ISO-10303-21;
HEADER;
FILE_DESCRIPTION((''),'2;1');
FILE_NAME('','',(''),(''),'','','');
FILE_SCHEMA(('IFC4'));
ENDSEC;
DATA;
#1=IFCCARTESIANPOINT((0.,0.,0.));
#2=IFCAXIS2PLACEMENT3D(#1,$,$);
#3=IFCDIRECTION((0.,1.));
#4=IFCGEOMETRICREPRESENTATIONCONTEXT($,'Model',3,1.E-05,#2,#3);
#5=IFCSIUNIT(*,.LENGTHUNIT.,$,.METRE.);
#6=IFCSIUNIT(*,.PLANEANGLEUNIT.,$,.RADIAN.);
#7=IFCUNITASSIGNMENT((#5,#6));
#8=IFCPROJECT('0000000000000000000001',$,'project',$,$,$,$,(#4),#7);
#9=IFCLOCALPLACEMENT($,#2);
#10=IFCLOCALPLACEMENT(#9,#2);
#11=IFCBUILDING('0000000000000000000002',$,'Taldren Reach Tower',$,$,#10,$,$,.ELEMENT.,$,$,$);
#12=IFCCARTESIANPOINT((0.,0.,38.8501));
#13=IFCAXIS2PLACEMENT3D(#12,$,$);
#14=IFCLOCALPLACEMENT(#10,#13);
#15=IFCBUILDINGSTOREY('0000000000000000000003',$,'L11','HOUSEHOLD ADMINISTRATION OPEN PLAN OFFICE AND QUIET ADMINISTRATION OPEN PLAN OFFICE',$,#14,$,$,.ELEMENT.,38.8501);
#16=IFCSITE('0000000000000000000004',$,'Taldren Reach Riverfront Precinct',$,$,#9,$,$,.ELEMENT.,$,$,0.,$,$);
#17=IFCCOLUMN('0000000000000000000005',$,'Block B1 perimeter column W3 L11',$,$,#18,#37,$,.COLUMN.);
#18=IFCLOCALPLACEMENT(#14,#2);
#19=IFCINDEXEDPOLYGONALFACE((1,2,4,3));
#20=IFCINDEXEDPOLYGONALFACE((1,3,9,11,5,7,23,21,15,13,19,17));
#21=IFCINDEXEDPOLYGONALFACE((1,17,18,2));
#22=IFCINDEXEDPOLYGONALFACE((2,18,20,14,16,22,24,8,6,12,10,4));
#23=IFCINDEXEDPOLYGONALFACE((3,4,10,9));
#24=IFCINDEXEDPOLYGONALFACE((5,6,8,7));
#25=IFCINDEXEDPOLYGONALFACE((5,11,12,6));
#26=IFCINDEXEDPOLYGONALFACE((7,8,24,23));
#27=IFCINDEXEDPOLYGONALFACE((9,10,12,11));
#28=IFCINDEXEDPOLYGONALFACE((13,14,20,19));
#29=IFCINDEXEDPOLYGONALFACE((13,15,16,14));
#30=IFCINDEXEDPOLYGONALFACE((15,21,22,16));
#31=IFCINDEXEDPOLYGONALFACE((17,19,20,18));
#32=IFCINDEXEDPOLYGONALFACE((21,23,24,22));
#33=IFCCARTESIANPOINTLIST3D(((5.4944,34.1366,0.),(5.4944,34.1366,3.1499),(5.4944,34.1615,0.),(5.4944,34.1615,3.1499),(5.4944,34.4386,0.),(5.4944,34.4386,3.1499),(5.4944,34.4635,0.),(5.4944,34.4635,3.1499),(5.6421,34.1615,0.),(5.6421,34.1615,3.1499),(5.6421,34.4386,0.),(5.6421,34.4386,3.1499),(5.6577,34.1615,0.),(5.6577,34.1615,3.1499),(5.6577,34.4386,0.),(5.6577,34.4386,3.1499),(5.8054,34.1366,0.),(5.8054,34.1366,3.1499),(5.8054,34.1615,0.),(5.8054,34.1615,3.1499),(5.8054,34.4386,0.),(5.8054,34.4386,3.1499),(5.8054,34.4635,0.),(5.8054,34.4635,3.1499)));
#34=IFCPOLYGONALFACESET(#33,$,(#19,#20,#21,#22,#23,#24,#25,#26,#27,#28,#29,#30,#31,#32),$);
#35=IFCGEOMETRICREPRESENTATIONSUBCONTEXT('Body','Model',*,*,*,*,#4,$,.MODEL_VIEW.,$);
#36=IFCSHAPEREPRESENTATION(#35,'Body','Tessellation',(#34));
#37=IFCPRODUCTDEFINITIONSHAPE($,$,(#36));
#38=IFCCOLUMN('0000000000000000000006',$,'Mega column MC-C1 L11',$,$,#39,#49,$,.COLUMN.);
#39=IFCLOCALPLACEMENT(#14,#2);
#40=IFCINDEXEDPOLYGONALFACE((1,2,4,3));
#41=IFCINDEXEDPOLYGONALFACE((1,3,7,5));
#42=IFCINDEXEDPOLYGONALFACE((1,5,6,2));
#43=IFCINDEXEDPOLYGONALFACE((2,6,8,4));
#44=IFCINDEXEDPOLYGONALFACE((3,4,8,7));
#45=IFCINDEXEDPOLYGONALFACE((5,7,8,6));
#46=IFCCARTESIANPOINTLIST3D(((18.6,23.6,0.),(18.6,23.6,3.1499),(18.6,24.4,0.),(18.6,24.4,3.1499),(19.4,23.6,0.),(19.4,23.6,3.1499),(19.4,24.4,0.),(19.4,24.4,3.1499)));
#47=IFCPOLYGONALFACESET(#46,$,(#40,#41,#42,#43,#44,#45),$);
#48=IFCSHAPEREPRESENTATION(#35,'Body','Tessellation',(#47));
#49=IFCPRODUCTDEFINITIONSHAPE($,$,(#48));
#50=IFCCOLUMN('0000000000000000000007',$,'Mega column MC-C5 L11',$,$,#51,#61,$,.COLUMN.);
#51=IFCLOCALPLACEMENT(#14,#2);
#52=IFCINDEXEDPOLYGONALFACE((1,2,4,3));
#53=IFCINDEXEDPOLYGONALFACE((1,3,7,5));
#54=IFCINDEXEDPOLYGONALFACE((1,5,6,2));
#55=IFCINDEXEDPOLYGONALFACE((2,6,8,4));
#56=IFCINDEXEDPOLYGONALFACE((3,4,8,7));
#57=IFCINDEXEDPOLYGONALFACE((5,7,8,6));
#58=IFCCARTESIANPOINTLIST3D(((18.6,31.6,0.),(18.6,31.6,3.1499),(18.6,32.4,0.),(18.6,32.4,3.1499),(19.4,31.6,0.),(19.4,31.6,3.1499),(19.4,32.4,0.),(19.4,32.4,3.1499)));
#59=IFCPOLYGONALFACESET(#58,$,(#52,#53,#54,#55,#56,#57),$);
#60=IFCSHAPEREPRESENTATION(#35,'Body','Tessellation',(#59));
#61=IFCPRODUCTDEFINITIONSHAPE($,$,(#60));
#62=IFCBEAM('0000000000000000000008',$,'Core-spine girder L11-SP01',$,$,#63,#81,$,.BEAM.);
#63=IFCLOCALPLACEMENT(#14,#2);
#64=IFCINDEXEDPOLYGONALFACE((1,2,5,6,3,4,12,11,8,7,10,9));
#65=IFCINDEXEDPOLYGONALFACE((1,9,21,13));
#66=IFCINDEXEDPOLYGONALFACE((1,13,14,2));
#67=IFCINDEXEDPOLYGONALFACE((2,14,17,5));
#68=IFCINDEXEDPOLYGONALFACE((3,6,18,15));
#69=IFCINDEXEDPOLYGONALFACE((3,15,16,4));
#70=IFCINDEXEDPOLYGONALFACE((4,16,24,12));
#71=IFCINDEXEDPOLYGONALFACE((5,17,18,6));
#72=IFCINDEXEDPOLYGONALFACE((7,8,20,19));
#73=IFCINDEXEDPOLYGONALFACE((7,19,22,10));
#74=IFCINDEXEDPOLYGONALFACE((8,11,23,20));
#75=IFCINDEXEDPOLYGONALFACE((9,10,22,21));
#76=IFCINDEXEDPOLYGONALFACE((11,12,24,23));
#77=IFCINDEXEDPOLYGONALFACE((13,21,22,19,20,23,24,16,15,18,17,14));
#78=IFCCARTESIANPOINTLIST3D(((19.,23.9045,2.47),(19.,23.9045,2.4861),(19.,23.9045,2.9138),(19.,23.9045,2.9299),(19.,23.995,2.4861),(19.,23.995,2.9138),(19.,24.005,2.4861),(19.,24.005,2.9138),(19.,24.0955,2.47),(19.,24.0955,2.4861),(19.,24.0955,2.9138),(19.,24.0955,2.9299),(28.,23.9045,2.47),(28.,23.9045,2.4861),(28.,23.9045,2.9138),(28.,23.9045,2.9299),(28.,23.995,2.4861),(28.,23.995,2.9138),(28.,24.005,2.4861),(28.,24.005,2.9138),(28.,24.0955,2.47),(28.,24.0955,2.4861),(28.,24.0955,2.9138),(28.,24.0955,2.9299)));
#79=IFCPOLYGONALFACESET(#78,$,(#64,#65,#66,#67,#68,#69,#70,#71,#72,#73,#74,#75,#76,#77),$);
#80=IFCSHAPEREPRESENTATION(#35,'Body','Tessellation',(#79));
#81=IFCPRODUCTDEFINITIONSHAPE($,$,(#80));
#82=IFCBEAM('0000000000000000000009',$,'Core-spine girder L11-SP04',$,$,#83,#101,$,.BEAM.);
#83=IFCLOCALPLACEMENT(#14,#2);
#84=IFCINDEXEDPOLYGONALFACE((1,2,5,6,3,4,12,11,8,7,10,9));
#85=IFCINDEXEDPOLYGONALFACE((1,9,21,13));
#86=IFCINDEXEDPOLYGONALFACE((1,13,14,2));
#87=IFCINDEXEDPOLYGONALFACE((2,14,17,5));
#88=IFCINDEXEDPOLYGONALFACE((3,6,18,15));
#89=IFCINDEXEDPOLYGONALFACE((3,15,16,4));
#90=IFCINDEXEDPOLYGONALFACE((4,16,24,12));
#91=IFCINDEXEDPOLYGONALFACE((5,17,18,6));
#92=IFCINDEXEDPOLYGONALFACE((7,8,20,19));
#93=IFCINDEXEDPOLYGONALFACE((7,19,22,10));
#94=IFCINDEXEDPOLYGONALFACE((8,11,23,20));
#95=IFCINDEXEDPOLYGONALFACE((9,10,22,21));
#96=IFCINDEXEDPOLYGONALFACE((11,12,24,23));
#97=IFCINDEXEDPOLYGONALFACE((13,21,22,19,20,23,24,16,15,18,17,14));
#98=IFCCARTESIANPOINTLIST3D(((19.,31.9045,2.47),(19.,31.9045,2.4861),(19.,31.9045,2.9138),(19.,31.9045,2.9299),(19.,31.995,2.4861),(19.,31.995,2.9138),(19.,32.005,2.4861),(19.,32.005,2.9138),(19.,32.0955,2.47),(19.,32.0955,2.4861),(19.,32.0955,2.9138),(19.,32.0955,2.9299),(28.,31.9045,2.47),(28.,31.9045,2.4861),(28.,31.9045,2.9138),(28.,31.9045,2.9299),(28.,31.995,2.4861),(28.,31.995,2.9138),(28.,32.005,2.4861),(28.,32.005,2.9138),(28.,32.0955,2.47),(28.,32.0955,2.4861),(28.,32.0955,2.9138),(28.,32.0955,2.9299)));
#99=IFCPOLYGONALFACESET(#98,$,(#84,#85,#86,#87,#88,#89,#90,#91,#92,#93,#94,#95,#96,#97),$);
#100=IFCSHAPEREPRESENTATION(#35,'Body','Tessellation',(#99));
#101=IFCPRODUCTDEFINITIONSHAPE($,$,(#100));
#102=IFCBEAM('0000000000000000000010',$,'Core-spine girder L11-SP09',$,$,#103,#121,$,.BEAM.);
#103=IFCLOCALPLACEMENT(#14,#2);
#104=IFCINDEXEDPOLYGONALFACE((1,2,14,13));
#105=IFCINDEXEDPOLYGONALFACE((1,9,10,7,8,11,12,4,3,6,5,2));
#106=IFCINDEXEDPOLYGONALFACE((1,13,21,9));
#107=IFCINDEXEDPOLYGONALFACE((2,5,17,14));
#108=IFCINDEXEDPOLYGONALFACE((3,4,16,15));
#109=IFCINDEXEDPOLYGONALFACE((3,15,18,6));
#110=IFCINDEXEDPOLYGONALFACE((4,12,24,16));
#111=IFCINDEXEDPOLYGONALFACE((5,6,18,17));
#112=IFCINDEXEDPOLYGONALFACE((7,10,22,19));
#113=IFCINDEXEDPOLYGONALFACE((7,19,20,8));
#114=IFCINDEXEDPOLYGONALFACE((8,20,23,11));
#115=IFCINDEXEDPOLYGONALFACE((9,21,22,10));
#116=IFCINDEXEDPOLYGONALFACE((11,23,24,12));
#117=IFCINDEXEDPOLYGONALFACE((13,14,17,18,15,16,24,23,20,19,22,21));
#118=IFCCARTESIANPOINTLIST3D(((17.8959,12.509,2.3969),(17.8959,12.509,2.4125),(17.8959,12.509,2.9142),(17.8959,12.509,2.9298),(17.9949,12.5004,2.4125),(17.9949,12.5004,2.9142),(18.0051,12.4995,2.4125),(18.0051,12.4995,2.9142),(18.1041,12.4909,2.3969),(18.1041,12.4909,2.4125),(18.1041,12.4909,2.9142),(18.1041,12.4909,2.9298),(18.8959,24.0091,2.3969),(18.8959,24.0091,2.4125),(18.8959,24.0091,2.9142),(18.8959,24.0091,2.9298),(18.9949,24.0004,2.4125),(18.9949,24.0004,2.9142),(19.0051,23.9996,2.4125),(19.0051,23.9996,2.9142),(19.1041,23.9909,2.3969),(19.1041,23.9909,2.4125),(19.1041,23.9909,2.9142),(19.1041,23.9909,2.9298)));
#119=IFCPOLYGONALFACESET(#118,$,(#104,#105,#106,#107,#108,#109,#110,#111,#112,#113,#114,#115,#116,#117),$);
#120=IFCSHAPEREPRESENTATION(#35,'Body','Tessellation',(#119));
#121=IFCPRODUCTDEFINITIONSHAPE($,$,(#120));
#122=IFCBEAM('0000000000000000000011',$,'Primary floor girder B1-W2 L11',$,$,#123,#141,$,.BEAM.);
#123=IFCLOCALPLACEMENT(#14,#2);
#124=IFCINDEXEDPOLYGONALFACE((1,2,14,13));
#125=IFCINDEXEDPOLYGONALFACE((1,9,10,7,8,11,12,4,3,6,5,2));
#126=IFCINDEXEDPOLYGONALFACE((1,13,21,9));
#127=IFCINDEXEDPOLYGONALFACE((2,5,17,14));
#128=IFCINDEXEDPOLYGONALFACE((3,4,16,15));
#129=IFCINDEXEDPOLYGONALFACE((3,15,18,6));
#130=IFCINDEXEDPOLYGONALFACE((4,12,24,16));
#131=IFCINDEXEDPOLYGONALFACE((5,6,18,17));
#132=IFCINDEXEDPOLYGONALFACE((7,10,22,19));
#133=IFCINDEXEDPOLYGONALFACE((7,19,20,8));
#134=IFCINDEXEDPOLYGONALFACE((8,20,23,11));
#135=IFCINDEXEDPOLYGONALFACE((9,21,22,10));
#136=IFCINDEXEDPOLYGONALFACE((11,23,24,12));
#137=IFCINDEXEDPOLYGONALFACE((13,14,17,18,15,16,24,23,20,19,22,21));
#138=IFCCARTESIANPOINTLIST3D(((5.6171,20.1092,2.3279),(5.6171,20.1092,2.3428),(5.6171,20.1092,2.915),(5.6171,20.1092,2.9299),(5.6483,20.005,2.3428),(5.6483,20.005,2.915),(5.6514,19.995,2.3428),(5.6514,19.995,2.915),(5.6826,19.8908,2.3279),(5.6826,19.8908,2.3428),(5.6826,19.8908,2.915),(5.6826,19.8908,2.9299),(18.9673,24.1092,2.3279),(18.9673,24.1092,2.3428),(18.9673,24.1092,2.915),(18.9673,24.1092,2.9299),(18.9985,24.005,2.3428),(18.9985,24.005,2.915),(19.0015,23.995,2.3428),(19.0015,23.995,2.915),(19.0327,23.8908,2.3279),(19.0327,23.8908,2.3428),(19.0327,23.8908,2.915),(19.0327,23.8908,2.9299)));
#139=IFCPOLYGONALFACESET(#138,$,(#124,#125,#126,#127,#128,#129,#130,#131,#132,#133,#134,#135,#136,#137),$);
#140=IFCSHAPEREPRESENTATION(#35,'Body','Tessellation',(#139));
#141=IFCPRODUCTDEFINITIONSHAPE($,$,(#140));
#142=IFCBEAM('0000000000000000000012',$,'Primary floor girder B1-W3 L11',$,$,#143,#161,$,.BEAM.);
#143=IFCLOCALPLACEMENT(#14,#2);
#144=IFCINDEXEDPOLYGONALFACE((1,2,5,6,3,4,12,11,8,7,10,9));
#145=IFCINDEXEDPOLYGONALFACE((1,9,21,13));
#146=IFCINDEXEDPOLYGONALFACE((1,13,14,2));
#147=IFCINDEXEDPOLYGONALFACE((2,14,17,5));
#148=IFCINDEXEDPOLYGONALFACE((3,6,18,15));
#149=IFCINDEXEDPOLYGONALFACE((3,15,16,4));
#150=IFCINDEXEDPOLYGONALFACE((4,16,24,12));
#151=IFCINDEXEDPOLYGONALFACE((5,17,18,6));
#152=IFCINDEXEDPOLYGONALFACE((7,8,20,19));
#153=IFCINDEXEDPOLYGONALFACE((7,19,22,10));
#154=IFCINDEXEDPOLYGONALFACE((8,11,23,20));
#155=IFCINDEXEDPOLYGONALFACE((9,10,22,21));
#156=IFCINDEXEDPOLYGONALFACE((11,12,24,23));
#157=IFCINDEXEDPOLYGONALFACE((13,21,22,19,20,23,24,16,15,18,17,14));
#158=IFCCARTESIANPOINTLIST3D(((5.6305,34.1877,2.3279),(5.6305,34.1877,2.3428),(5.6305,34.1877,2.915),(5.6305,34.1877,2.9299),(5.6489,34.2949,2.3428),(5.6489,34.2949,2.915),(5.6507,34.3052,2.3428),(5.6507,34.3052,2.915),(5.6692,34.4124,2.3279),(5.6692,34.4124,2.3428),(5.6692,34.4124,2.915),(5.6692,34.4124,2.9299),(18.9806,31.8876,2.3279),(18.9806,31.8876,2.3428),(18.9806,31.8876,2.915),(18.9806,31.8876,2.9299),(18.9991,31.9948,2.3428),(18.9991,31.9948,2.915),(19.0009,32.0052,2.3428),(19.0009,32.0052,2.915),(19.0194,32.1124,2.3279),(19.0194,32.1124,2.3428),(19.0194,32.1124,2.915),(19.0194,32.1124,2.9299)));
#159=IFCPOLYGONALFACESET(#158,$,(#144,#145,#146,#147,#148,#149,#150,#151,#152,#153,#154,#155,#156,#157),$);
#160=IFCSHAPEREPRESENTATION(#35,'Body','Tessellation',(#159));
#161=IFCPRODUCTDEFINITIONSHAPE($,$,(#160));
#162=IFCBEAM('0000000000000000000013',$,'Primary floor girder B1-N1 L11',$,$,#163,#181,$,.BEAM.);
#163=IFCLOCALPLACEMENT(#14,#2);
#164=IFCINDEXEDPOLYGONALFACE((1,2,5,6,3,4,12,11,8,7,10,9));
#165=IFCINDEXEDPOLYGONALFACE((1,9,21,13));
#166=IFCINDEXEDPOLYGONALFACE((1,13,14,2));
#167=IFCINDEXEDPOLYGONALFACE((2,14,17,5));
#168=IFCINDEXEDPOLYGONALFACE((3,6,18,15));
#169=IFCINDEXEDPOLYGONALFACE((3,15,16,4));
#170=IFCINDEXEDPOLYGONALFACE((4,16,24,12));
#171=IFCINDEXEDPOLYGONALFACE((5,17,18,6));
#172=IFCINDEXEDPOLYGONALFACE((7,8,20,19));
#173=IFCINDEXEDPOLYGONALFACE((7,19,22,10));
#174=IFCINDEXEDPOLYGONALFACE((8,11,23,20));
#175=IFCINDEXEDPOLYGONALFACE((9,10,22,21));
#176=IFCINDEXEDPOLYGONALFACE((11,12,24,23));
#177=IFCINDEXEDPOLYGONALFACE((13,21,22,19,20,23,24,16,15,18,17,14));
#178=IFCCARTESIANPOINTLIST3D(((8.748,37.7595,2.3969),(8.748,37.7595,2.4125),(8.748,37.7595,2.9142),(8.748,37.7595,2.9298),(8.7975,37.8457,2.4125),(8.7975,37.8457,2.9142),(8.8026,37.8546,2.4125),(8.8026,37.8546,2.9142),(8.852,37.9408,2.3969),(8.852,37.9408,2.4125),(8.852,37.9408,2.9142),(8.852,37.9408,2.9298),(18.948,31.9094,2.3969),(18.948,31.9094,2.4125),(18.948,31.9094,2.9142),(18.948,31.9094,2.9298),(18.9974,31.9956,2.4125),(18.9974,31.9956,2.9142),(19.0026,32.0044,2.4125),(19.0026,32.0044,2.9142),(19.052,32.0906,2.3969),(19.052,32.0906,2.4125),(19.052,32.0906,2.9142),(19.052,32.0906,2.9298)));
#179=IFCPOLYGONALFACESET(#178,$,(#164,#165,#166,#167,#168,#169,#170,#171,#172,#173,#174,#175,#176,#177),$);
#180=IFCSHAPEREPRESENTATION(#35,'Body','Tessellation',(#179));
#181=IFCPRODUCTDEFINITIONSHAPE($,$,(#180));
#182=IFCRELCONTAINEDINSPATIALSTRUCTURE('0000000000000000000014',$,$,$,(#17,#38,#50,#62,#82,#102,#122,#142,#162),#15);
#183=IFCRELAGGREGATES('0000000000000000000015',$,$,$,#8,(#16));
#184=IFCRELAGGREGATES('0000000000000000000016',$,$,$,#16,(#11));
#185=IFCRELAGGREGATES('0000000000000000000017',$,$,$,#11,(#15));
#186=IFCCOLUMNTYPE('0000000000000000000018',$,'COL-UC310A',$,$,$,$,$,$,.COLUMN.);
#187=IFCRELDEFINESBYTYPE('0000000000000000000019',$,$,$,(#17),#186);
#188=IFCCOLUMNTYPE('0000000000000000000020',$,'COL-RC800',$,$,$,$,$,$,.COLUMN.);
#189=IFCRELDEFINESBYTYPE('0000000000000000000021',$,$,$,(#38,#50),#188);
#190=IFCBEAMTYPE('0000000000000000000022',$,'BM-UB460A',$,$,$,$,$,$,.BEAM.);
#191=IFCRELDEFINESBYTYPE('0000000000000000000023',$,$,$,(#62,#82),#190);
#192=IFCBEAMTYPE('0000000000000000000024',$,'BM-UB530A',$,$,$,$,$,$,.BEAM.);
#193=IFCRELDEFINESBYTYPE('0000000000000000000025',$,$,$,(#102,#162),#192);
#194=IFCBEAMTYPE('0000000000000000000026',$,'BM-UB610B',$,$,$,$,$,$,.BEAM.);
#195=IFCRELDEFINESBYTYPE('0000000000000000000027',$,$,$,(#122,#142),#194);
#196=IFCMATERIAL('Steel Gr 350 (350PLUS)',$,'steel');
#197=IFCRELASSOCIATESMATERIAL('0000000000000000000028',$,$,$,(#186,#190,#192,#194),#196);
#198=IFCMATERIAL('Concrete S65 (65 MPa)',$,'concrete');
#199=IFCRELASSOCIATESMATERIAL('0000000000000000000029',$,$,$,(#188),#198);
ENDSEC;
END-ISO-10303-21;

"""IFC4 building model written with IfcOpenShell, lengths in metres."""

from ifc_helpers import new_model, si_unit, direction, frame, origin, origin_2d, place, context, subcontext, project, spatial, rectangle, i_section, extrude, source, transform, mapped, material, material_profile, profile_set, type_object, element, save


model = new_model("IFC4")

# Units and contexts
model_context = context("Model", 3, precision=1e-05, world=origin(), true_north=direction((0.0, 1.0)))
body_context = subcontext(model_context, "Body", "Model", "MODEL_VIEW")
ifc_project = project(units=[si_unit("LENGTHUNIT", "METRE"), si_unit("PLANEANGLEUNIT", "RADIAN")], contexts=[model_context])

# Site, building, storey
site_placement = place(None, origin())
site = spatial("IfcSite", under=ifc_project, at=site_placement, Name="Taldren Reach Riverfront Precinct", CompositionType="ELEMENT", RefElevation=0.0)
building_placement = place(site_placement, origin())
building = spatial("IfcBuilding", under=site, at=building_placement, Name="Taldren Reach Tower", CompositionType="ELEMENT")
storey_placement = place(building_placement, frame((0.0, 0.0, 38.8501)))
storey = spatial("IfcBuildingStorey", under=building, at=storey_placement, Name="L11", Description="HOUSEHOLD ADMINISTRATION OPEN PLAN OFFICE AND QUIET ADMINISTRATION OPEN PLAN OFFICE", CompositionType="ELEMENT", Elevation=38.8501)

# Columns
ifc_material_1 = material(Name="Steel Gr 350 (350PLUS)", Category="steel")
ifc_material_profile_1 = material_profile(ifc_material_1, i_section(OverallWidth=0.311, OverallDepth=0.3269, WebThickness=0.0156, FlangeThickness=0.0249, at=origin_2d()), Name="310UC158")
ifc_profile_set_1 = profile_set([ifc_material_profile_1], Name="Steel Gr 350 (350PLUS)")
column_type_1 = type_object("IfcColumnType", Name="COL-UC310A", PredefinedType="COLUMN", material=ifc_profile_set_1)
shared_shape_1 = source(origin(), body_context, "Body", "SweptSolid", [
    extrude(i_section(OverallWidth=0.311, OverallDepth=0.3269, WebThickness=0.0156, FlangeThickness=0.0249, at=origin_2d()), origin(), (0.0, 0.0, 1.0), 3.1499),
])
column_placement = place(storey_placement, frame((5.6499, 34.3, 0.0), z_axis=(0.0, 0.0, 1.0), x_axis=(1.0, 0.0, 0.0)))
element("IfcColumn", 1, at=column_placement, inside=storey, type_object=column_type_1, Name="Block B1 perimeter column W3 L11", PredefinedType="COLUMN", context=body_context, shape_type="MappedRepresentation", body=[
    mapped(shared_shape_1, transform((0.0, 0.0, 0.0), scale=1.0)),
])
ifc_material_2 = material(Name="Concrete S65 (65 MPa)", Category="concrete")
ifc_material_profile_2 = material_profile(ifc_material_2, rectangle(XDim=0.8, YDim=0.8, at=origin_2d()), Name="RC-800x800")
ifc_profile_set_2 = profile_set([ifc_material_profile_2], Name="Concrete S65 (65 MPa)")
column_type_2 = type_object("IfcColumnType", Name="COL-RC800", PredefinedType="COLUMN", material=ifc_profile_set_2)
shared_shape_2 = source(origin(), body_context, "Body", "SweptSolid", [
    extrude(rectangle(XDim=0.8, YDim=0.8, at=origin_2d()), origin(), (0.0, 0.0, 1.0), 3.1499),
])
for number, where, z_axis, x_axis, name in (
    (2, (19.0, 24.0, 0.0), (0.0, 0.0, 1.0), (1.0, 0.0, 0.0), "Mega column MC-C1 L11"),
    (3, (19.0, 32.0, 0.0), (0.0, 0.0, 1.0), (1.0, 0.0, 0.0), "Mega column MC-C5 L11"),
):
    element("IfcColumn", number, at=place(storey_placement, frame(where, z_axis=z_axis, x_axis=x_axis)), inside=storey, type_object=column_type_2, Name=name, PredefinedType="COLUMN", context=body_context, shape_type="MappedRepresentation", body=[
        mapped(shared_shape_2, transform((0.0, 0.0, 0.0), scale=1.0)),
    ])

# Beams
ifc_material_profile_3 = material_profile(ifc_material_1, i_section(OverallWidth=0.1909, OverallDepth=0.46, WebThickness=0.01, FlangeThickness=0.0161, at=origin_2d()), Name="460UB82.1")
ifc_profile_set_3 = profile_set([ifc_material_profile_3], Name="Steel Gr 350 (350PLUS)")
beam_type_1 = type_object("IfcBeamType", Name="BM-UB460A", PredefinedType="BEAM", material=ifc_profile_set_3)
shared_shape_3 = source(origin(), body_context, "Body", "SweptSolid", [
    extrude(i_section(OverallWidth=0.1909, OverallDepth=0.46, WebThickness=0.01, FlangeThickness=0.0161, at=origin_2d()), origin(), (0.0, 0.0, 1.0), 9.0),
])
for number, where, z_axis, x_axis, name in (
    (4, (19.0, 24.0, 2.7), (1.0, 0.0, 0.0), (0.0, 1.0, 0.0), "Core-spine girder L11-SP01"),
    (5, (19.0, 32.0, 2.7), (1.0, 0.0, 0.0), (0.0, 1.0, 0.0), "Core-spine girder L11-SP04"),
):
    element("IfcBeam", number, at=place(storey_placement, frame(where, z_axis=z_axis, x_axis=x_axis)), inside=storey, type_object=beam_type_1, Name=name, PredefinedType="BEAM", context=body_context, shape_type="MappedRepresentation", body=[
        mapped(shared_shape_3, transform((0.0, 0.0, 0.0), scale=1.0)),
    ])
ifc_material_profile_4 = material_profile(ifc_material_1, i_section(OverallWidth=0.209, OverallDepth=0.533, WebThickness=0.0103, FlangeThickness=0.0156, at=origin_2d()), Name="530UB92.4")
ifc_profile_set_4 = profile_set([ifc_material_profile_4], Name="Steel Gr 350 (350PLUS)")
beam_type_2 = type_object("IfcBeamType", Name="BM-UB530A", PredefinedType="BEAM", material=ifc_profile_set_4)
shared_shape_4 = source(origin(), body_context, "Body", "SweptSolid", [
    extrude(i_section(OverallWidth=0.209, OverallDepth=0.533, WebThickness=0.0103, FlangeThickness=0.0156, at=origin_2d()), origin(), (0.0, 0.0, 1.0), 11.5435),
])
beam_1_placement = place(storey_placement, frame((19.0, 24.0, 2.6633), z_axis=(-0.08663, -0.996241, 0.0), x_axis=(0.996241, -0.08663, 0.0)))
element("IfcBeam", 6, at=beam_1_placement, inside=storey, type_object=beam_type_2, Name="Core-spine girder L11-SP09", PredefinedType="BEAM", context=body_context, shape_type="MappedRepresentation", body=[
    mapped(shared_shape_4, transform((0.0, 0.0, 0.0), scale=1.0)),
])
ifc_material_profile_5 = material_profile(ifc_material_1, i_section(OverallWidth=0.228, OverallDepth=0.6021, WebThickness=0.0105, FlangeThickness=0.0149, at=origin_2d()), Name="610UB101")
ifc_profile_set_5 = profile_set([ifc_material_profile_5], Name="Steel Gr 350 (350PLUS)")
beam_type_3 = type_object("IfcBeamType", Name="BM-UB610B", PredefinedType="BEAM", material=ifc_profile_set_5)
shared_shape_5 = source(origin(), body_context, "Body", "SweptSolid", [
    extrude(i_section(OverallWidth=0.228, OverallDepth=0.6021, WebThickness=0.0105, FlangeThickness=0.0149, at=origin_2d()), origin(), (0.0, 0.0, 1.0), 13.9365),
])
beam_2_placement = place(storey_placement, frame((19.0, 24.0, 2.6289), z_axis=(-0.957926, -0.287017, 0.0), x_axis=(0.287017, -0.957926, 0.0)))
element("IfcBeam", 7, at=beam_2_placement, inside=storey, type_object=beam_type_3, Name="Primary floor girder B1-W2 L11", PredefinedType="BEAM", context=body_context, shape_type="MappedRepresentation", body=[
    mapped(shared_shape_5, transform((0.0, 0.0, 0.0), scale=1.0)),
])
shared_shape_6 = source(origin(), body_context, "Body", "SweptSolid", [
    extrude(i_section(OverallWidth=0.228, OverallDepth=0.6021, WebThickness=0.0105, FlangeThickness=0.0149, at=origin_2d()), origin(), (0.0, 0.0, 1.0), 13.5469),
])
beam_3_placement = place(storey_placement, frame((19.0, 32.0, 2.6289), z_axis=(-0.985481, 0.169786, 0.0), x_axis=(-0.169786, -0.985481, 0.0)))
element("IfcBeam", 8, at=beam_3_placement, inside=storey, type_object=beam_type_3, Name="Primary floor girder B1-W3 L11", PredefinedType="BEAM", context=body_context, shape_type="MappedRepresentation", body=[
    mapped(shared_shape_6, transform((0.0, 0.0, 0.0), scale=1.0)),
])
shared_shape_7 = source(origin(), body_context, "Body", "SweptSolid", [
    extrude(i_section(OverallWidth=0.209, OverallDepth=0.533, WebThickness=0.0103, FlangeThickness=0.0156, at=origin_2d()), origin(), (0.0, 0.0, 1.0), 11.7585),
])
beam_4_placement = place(storey_placement, frame((19.0, 32.0, 2.6633), z_axis=(-0.867452, 0.49752, 0.0), x_axis=(-0.49752, -0.867452, 0.0)))
element("IfcBeam", 9, at=beam_4_placement, inside=storey, type_object=beam_type_2, Name="Primary floor girder B1-N1 L11", PredefinedType="BEAM", context=body_context, shape_type="MappedRepresentation", body=[
    mapped(shared_shape_7, transform((0.0, 0.0, 0.0), scale=1.0)),
])

save(model, "model.ifc")
